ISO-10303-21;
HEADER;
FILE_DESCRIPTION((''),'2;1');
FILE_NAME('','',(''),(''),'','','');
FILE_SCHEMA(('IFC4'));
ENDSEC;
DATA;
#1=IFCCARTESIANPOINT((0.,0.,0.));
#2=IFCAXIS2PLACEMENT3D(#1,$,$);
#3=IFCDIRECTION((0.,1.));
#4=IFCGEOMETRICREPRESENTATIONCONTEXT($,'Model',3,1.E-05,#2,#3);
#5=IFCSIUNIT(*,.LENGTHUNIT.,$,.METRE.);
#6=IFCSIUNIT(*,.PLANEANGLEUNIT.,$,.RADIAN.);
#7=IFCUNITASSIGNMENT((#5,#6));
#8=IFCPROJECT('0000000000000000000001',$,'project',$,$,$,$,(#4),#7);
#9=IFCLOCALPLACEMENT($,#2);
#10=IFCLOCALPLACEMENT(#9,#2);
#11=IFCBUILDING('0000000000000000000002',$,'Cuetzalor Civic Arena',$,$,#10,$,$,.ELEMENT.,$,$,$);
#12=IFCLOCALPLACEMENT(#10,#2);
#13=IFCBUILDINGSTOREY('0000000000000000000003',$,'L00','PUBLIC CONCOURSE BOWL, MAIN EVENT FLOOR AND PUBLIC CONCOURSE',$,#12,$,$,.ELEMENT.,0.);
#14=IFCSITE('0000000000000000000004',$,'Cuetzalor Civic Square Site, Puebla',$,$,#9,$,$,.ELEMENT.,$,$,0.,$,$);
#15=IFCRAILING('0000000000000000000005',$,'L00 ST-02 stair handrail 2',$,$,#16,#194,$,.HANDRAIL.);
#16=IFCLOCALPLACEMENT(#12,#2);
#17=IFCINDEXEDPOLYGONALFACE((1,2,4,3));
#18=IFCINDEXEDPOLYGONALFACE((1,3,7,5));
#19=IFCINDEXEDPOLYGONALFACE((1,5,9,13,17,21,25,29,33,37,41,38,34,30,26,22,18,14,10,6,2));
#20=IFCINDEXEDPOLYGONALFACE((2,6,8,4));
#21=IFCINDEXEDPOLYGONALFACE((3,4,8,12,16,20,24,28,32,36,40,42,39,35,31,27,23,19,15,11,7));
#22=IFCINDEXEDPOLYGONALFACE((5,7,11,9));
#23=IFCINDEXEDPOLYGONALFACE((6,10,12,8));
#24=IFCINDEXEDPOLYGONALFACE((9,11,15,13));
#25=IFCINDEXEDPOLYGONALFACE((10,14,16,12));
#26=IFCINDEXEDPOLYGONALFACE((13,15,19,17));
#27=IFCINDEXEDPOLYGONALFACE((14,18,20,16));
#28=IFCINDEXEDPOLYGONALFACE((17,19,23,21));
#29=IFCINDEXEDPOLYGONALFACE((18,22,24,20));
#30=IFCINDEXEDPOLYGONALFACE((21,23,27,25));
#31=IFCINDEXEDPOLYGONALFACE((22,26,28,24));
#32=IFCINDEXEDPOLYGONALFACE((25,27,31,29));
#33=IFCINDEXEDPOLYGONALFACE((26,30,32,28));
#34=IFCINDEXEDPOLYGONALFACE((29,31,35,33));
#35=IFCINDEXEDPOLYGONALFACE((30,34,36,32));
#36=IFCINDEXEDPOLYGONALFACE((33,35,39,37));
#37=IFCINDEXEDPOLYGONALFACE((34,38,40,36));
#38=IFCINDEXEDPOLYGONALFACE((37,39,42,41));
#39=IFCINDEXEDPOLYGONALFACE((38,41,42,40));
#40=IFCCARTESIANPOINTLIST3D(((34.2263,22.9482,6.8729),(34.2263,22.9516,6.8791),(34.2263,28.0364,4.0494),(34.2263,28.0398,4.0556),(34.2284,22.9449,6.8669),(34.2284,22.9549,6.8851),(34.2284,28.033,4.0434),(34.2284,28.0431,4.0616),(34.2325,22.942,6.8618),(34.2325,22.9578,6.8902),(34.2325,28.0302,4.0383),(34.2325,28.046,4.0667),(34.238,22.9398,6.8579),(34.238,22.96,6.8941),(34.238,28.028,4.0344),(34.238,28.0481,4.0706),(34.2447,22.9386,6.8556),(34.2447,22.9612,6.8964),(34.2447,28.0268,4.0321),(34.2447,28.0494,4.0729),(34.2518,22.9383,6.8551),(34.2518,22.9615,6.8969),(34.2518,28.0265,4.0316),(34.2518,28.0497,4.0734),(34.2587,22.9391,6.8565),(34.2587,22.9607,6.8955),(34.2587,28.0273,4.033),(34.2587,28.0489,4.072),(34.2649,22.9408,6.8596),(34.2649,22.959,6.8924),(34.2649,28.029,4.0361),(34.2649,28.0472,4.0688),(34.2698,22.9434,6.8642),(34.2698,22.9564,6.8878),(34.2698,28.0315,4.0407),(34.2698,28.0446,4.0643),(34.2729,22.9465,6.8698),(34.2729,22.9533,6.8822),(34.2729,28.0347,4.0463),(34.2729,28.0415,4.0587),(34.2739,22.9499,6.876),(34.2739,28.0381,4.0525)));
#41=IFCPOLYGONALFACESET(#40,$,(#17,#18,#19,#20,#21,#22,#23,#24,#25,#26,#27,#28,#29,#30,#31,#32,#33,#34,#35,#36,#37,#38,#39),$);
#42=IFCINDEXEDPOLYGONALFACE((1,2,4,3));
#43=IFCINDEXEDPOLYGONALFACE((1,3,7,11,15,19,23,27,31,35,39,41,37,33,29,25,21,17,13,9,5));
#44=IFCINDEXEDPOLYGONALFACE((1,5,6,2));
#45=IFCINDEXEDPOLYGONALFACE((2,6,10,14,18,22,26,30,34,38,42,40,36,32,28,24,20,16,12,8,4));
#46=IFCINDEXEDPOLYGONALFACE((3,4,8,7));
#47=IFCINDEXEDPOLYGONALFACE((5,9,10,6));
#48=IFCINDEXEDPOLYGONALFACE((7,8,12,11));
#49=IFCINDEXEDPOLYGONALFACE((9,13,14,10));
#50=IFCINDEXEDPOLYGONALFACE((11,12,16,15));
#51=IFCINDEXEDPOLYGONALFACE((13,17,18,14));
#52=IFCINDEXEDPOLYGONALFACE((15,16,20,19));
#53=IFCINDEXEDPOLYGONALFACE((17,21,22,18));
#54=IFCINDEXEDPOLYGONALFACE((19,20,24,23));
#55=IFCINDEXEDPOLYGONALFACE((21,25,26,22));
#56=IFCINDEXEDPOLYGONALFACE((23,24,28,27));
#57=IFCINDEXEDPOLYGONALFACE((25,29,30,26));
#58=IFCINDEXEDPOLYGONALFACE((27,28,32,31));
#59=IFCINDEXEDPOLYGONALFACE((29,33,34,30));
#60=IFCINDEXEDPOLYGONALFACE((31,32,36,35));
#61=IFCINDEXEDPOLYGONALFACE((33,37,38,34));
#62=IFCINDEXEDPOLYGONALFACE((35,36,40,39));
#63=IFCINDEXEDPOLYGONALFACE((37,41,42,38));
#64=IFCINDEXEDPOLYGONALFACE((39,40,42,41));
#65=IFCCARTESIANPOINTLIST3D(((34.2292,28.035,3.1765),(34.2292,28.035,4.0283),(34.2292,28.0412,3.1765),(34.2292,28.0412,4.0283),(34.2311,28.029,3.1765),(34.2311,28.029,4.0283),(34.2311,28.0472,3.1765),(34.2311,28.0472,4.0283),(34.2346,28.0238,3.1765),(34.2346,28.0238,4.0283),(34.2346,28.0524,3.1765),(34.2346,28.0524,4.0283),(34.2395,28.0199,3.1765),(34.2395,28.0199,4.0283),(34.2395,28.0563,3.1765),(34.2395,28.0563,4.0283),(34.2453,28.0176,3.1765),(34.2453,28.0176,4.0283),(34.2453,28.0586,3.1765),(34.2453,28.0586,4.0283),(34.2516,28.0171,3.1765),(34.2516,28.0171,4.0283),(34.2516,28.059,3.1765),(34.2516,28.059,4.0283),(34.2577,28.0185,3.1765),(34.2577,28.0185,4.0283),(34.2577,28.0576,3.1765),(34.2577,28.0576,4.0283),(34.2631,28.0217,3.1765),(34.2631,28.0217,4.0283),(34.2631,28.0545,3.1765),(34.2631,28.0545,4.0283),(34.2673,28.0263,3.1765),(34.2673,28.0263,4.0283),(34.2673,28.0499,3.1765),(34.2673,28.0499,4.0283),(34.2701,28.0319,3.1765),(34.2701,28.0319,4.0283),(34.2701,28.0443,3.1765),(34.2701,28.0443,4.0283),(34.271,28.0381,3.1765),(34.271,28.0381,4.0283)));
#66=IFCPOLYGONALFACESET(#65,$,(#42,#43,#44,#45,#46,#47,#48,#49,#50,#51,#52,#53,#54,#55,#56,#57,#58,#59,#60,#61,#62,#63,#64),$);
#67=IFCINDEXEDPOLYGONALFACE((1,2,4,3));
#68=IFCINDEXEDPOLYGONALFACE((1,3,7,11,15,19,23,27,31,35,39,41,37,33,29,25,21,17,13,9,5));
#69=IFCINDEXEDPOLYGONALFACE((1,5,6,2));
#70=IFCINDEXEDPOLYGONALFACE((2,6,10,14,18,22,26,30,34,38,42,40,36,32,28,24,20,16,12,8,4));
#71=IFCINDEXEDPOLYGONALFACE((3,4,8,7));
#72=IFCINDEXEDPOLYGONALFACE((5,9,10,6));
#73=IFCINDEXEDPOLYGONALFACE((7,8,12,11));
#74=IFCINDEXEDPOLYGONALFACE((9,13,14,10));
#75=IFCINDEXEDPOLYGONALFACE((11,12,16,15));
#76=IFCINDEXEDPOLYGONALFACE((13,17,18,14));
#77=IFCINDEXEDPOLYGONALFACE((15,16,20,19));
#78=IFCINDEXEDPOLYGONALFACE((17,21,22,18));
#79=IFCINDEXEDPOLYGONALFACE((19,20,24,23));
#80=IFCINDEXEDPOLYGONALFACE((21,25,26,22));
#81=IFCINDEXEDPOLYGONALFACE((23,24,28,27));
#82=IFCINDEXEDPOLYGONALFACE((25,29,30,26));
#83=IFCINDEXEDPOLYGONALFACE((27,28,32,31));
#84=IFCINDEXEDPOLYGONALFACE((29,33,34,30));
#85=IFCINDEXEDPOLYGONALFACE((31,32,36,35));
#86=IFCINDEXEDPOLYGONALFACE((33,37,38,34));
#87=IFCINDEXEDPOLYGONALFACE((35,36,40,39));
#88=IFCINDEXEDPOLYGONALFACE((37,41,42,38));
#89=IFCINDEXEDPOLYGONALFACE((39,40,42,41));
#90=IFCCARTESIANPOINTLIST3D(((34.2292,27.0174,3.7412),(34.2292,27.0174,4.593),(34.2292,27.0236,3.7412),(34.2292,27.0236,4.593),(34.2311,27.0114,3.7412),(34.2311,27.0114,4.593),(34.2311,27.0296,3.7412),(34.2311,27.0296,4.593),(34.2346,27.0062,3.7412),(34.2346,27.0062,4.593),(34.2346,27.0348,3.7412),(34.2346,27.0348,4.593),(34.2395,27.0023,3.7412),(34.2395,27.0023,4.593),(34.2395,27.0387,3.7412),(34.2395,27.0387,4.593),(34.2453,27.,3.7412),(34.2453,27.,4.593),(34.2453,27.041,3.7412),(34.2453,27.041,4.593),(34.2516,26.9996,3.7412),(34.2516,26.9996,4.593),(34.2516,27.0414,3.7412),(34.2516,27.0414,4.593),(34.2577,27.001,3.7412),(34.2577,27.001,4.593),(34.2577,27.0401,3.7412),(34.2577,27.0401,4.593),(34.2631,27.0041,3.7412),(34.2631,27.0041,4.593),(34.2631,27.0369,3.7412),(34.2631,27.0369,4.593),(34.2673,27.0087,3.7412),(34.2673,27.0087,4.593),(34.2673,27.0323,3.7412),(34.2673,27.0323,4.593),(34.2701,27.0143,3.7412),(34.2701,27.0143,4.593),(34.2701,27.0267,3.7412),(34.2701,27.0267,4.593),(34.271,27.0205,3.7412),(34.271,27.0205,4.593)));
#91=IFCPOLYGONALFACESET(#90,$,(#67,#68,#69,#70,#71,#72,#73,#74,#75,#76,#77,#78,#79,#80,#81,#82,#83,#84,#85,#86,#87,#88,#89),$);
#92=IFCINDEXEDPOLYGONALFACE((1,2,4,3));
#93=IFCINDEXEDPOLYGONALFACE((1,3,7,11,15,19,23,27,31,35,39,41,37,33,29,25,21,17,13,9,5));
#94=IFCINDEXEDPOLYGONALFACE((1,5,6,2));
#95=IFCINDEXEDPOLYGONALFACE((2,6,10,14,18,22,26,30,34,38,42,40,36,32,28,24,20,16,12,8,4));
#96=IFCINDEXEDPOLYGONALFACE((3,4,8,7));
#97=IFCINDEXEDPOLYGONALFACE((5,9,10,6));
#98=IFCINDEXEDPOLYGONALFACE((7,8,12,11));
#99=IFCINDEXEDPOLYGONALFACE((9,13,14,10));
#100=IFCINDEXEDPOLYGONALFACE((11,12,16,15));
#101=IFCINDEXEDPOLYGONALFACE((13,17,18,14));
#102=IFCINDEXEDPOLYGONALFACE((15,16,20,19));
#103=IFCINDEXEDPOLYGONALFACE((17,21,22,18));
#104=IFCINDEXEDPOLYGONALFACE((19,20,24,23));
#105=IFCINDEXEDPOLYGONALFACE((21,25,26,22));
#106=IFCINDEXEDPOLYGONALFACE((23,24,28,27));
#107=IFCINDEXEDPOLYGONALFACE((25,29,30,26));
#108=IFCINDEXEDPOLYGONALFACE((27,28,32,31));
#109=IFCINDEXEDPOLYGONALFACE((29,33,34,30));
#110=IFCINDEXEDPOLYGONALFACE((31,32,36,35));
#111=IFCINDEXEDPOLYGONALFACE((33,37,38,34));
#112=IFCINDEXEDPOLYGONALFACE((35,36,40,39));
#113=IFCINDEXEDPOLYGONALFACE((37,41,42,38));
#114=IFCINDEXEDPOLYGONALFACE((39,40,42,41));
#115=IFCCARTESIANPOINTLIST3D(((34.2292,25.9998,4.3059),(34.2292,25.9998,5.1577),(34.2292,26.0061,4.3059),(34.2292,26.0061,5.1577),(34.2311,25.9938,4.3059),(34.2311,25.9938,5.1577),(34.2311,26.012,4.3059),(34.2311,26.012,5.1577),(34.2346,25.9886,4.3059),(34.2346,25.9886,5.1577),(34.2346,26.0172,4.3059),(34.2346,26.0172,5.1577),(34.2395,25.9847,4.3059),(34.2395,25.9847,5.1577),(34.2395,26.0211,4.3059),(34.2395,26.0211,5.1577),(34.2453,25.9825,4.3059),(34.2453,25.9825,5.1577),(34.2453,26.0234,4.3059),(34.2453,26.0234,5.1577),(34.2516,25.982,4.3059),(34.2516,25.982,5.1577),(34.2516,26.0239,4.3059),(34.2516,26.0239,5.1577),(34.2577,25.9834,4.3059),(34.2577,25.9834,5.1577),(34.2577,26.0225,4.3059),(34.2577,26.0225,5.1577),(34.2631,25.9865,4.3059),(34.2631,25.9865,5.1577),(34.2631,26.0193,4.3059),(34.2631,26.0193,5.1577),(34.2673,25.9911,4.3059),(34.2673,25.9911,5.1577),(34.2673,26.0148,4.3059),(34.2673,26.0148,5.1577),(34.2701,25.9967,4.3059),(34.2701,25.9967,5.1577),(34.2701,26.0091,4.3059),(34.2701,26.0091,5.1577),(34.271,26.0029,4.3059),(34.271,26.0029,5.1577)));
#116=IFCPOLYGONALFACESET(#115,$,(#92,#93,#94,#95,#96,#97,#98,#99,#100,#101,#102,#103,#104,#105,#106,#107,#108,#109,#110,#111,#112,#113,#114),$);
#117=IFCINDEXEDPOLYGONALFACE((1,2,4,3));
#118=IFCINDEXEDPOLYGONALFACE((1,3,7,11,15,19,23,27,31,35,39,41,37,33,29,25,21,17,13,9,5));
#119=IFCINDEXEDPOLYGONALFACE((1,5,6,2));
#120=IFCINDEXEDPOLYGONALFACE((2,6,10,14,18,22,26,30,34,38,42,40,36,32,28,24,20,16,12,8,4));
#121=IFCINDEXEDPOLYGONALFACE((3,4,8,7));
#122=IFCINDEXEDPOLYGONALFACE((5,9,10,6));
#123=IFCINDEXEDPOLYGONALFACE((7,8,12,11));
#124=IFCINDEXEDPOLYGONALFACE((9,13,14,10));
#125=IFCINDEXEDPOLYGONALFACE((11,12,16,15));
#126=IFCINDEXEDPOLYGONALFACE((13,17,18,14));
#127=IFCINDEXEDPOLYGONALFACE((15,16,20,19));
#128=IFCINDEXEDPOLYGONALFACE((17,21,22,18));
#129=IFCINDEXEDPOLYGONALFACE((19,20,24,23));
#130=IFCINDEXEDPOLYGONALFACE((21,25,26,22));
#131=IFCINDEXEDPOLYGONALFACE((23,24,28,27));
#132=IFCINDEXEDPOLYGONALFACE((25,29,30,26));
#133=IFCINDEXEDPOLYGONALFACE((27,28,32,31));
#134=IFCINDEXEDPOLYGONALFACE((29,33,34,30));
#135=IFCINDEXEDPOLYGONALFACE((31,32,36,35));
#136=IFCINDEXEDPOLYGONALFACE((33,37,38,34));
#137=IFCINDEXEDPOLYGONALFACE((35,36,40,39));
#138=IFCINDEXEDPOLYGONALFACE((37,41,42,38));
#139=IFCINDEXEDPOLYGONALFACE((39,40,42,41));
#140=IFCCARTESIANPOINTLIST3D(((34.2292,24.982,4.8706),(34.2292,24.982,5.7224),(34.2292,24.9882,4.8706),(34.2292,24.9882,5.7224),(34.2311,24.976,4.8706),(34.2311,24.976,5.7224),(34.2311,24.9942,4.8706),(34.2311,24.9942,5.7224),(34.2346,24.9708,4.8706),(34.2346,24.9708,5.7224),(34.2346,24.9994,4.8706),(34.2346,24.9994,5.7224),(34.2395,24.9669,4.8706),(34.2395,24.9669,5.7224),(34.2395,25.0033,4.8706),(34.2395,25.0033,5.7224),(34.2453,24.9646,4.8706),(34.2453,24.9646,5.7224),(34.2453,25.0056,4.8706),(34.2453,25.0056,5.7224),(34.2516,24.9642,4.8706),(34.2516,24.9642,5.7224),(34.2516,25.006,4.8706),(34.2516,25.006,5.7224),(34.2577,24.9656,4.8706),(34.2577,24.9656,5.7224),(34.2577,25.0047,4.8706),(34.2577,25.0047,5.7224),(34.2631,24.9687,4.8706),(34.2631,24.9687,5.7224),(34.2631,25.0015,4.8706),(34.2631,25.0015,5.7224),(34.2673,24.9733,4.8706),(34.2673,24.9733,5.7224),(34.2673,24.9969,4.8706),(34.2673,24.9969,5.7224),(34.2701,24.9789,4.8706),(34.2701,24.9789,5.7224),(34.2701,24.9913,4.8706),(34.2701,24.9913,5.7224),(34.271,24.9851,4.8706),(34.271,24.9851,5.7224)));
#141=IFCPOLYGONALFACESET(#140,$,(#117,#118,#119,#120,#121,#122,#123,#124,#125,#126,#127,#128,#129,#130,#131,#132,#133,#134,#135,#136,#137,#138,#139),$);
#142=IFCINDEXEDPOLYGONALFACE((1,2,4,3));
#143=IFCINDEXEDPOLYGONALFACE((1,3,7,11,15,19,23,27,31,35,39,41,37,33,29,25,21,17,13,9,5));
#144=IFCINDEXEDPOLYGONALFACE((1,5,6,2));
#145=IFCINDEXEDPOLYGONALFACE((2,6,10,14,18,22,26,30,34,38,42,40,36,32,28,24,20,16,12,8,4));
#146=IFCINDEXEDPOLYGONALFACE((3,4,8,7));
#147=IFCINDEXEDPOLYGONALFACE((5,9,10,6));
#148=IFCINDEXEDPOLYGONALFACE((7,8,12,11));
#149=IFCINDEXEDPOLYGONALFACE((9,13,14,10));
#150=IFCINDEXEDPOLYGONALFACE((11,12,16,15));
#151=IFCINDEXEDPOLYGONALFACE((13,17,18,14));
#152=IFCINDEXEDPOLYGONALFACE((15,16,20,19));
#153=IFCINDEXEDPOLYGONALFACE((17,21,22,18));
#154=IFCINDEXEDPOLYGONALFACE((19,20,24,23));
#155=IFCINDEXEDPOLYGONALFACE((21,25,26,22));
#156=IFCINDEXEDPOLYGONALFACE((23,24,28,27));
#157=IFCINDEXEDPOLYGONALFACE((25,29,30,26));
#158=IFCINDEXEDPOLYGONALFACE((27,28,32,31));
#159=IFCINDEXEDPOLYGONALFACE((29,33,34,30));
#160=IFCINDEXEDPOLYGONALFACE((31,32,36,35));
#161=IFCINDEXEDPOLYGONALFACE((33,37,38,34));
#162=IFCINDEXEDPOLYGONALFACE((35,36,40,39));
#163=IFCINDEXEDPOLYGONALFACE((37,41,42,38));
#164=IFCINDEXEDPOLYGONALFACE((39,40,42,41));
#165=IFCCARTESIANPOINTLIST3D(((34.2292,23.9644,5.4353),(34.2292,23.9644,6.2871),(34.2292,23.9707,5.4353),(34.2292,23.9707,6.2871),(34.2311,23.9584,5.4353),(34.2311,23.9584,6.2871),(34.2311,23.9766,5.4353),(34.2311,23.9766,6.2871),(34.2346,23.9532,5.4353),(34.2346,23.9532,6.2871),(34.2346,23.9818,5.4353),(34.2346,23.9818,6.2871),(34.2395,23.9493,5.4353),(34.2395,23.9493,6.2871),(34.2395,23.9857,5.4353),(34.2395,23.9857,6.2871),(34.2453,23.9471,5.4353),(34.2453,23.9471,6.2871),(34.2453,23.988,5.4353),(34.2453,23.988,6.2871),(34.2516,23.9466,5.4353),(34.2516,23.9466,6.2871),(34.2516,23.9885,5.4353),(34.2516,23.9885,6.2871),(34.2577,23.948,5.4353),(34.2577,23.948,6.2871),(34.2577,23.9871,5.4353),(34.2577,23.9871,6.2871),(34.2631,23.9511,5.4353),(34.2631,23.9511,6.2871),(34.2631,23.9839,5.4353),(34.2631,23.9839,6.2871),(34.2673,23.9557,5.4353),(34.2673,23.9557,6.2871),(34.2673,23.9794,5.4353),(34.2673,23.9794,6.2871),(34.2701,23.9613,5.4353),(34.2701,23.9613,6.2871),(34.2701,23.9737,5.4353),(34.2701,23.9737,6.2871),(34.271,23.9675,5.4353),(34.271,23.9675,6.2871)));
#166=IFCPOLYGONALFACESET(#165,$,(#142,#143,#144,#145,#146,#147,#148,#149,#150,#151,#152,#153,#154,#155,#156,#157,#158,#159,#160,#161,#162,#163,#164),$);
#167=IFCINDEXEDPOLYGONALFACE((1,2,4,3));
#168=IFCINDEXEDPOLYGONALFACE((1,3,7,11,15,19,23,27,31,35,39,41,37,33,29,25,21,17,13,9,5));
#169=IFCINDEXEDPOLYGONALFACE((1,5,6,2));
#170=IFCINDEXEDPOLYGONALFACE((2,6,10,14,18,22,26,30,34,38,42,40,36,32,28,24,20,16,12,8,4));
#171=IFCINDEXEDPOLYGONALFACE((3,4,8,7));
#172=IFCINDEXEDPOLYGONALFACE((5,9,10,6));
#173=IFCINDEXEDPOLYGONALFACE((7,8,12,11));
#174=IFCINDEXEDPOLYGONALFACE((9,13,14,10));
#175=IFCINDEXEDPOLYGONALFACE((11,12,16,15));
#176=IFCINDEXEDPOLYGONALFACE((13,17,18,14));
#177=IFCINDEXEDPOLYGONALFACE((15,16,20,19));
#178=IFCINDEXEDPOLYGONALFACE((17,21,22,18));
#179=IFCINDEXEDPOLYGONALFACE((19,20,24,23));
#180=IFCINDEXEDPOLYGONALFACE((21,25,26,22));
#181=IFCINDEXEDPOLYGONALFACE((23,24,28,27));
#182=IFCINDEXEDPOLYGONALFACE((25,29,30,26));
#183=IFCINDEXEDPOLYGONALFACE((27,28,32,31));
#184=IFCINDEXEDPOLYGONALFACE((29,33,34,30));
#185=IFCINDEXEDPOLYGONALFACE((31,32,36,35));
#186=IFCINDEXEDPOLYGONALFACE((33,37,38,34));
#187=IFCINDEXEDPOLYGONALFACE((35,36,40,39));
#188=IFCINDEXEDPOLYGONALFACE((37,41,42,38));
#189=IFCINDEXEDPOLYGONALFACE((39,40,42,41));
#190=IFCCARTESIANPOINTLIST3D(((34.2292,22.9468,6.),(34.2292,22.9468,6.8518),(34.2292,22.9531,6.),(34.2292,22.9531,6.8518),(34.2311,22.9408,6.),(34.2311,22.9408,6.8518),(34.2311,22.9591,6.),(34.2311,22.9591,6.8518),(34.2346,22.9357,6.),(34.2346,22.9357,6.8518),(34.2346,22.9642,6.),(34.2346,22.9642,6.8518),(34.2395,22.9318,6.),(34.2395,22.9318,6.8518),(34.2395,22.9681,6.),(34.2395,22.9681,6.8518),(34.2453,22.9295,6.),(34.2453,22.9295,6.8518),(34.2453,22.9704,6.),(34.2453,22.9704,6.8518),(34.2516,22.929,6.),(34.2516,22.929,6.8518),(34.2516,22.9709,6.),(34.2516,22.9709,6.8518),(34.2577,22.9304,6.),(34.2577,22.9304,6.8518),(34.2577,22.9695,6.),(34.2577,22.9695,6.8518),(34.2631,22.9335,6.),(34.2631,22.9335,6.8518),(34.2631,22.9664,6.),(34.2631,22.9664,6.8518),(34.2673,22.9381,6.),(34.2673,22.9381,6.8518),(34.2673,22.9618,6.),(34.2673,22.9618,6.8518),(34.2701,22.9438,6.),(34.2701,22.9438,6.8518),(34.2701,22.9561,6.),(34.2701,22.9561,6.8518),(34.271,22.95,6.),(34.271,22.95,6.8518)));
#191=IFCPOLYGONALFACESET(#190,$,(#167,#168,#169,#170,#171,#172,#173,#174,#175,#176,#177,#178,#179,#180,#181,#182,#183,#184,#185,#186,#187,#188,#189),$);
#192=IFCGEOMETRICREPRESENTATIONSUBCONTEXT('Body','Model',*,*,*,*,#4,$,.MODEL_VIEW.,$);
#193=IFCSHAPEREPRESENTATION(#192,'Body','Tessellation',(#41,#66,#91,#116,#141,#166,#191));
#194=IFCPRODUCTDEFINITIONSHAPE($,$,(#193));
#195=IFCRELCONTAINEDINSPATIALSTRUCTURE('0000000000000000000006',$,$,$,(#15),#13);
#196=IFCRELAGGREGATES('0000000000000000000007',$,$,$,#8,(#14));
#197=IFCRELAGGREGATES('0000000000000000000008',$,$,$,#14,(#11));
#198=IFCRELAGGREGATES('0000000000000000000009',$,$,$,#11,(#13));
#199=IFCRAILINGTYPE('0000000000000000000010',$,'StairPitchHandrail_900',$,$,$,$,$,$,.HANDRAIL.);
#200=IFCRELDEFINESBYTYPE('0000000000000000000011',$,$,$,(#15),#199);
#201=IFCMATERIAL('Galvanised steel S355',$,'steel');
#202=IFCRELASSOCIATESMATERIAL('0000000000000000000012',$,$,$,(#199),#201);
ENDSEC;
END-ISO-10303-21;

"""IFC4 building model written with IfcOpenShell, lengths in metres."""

from ifc_helpers import new_model, si_unit, direction, frame, origin, origin_2d, place, context, subcontext, project, spatial, circle, extrude, material, type_object, element, save


model = new_model("IFC4")

# Units and contexts
model_context = context("Model", 3, precision=1e-05, world=origin(), true_north=direction((0.0, 1.0)))
body_context = subcontext(model_context, "Body", "Model", "MODEL_VIEW")
ifc_project = project(units=[si_unit("LENGTHUNIT", "METRE"), si_unit("PLANEANGLEUNIT", "RADIAN")], contexts=[model_context])

# Site, building, storey
site_placement = place(None, origin())
site = spatial("IfcSite", under=ifc_project, at=site_placement, Name="Cuetzalor Civic Square Site, Puebla", CompositionType="ELEMENT", RefElevation=0.0)
building_placement = place(site_placement, origin())
building = spatial("IfcBuilding", under=site, at=building_placement, Name="Cuetzalor Civic Arena", CompositionType="ELEMENT")
storey_placement = place(building_placement, origin())
storey = spatial("IfcBuildingStorey", under=building, at=storey_placement, Name="L00", Description="PUBLIC CONCOURSE BOWL, MAIN EVENT FLOOR AND PUBLIC CONCOURSE", CompositionType="ELEMENT", Elevation=0.0)

# Railing
ifc_material_1 = material(Name="Galvanised steel S355", Category="steel")
railing_type_1 = type_object("IfcRailingType", Name="StairPitchHandrail_900", PredefinedType="HANDRAIL", material=ifc_material_1)
railing_1_placement = place(storey_placement, frame((34.25, 28.0381, 3.1765)))
element("IfcRailing", 1, at=railing_1_placement, inside=storey, type_object=railing_type_1, Name="L00 ST-02 stair handrail 2", PredefinedType="HANDRAIL", context=body_context, shape_type="SweptSolid", body=[
    extrude(circle(Radius=0.0239, at=origin_2d()), frame((0.0, 0.0, 0.876), z_axis=(0.0, -0.874395, 0.485215), x_axis=(1.0, 0.0, 0.0)), (0.0, 0.0, 1.0), 5.8191),
    extrude(circle(Radius=0.021, at=origin_2d()), origin(), (0.0, 0.0, 1.0), 0.8518),
    extrude(circle(Radius=0.021, at=origin_2d()), frame((0.0, -1.0176, 0.5647)), (0.0, 0.0, 1.0), 0.8518),
    extrude(circle(Radius=0.021, at=origin_2d()), frame((0.0, -2.0352, 1.1294)), (0.0, 0.0, 1.0), 0.8518),
    extrude(circle(Radius=0.021, at=origin_2d()), frame((0.0, -3.053, 1.6941)), (0.0, 0.0, 1.0), 0.8518),
    extrude(circle(Radius=0.021, at=origin_2d()), frame((0.0, -4.0706, 2.2588)), (0.0, 0.0, 1.0), 0.8518),
    extrude(circle(Radius=0.021, at=origin_2d()), frame((0.0, -5.0881, 2.8235)), (0.0, 0.0, 1.0), 0.8518),
])

save(model, "model.ifc")
